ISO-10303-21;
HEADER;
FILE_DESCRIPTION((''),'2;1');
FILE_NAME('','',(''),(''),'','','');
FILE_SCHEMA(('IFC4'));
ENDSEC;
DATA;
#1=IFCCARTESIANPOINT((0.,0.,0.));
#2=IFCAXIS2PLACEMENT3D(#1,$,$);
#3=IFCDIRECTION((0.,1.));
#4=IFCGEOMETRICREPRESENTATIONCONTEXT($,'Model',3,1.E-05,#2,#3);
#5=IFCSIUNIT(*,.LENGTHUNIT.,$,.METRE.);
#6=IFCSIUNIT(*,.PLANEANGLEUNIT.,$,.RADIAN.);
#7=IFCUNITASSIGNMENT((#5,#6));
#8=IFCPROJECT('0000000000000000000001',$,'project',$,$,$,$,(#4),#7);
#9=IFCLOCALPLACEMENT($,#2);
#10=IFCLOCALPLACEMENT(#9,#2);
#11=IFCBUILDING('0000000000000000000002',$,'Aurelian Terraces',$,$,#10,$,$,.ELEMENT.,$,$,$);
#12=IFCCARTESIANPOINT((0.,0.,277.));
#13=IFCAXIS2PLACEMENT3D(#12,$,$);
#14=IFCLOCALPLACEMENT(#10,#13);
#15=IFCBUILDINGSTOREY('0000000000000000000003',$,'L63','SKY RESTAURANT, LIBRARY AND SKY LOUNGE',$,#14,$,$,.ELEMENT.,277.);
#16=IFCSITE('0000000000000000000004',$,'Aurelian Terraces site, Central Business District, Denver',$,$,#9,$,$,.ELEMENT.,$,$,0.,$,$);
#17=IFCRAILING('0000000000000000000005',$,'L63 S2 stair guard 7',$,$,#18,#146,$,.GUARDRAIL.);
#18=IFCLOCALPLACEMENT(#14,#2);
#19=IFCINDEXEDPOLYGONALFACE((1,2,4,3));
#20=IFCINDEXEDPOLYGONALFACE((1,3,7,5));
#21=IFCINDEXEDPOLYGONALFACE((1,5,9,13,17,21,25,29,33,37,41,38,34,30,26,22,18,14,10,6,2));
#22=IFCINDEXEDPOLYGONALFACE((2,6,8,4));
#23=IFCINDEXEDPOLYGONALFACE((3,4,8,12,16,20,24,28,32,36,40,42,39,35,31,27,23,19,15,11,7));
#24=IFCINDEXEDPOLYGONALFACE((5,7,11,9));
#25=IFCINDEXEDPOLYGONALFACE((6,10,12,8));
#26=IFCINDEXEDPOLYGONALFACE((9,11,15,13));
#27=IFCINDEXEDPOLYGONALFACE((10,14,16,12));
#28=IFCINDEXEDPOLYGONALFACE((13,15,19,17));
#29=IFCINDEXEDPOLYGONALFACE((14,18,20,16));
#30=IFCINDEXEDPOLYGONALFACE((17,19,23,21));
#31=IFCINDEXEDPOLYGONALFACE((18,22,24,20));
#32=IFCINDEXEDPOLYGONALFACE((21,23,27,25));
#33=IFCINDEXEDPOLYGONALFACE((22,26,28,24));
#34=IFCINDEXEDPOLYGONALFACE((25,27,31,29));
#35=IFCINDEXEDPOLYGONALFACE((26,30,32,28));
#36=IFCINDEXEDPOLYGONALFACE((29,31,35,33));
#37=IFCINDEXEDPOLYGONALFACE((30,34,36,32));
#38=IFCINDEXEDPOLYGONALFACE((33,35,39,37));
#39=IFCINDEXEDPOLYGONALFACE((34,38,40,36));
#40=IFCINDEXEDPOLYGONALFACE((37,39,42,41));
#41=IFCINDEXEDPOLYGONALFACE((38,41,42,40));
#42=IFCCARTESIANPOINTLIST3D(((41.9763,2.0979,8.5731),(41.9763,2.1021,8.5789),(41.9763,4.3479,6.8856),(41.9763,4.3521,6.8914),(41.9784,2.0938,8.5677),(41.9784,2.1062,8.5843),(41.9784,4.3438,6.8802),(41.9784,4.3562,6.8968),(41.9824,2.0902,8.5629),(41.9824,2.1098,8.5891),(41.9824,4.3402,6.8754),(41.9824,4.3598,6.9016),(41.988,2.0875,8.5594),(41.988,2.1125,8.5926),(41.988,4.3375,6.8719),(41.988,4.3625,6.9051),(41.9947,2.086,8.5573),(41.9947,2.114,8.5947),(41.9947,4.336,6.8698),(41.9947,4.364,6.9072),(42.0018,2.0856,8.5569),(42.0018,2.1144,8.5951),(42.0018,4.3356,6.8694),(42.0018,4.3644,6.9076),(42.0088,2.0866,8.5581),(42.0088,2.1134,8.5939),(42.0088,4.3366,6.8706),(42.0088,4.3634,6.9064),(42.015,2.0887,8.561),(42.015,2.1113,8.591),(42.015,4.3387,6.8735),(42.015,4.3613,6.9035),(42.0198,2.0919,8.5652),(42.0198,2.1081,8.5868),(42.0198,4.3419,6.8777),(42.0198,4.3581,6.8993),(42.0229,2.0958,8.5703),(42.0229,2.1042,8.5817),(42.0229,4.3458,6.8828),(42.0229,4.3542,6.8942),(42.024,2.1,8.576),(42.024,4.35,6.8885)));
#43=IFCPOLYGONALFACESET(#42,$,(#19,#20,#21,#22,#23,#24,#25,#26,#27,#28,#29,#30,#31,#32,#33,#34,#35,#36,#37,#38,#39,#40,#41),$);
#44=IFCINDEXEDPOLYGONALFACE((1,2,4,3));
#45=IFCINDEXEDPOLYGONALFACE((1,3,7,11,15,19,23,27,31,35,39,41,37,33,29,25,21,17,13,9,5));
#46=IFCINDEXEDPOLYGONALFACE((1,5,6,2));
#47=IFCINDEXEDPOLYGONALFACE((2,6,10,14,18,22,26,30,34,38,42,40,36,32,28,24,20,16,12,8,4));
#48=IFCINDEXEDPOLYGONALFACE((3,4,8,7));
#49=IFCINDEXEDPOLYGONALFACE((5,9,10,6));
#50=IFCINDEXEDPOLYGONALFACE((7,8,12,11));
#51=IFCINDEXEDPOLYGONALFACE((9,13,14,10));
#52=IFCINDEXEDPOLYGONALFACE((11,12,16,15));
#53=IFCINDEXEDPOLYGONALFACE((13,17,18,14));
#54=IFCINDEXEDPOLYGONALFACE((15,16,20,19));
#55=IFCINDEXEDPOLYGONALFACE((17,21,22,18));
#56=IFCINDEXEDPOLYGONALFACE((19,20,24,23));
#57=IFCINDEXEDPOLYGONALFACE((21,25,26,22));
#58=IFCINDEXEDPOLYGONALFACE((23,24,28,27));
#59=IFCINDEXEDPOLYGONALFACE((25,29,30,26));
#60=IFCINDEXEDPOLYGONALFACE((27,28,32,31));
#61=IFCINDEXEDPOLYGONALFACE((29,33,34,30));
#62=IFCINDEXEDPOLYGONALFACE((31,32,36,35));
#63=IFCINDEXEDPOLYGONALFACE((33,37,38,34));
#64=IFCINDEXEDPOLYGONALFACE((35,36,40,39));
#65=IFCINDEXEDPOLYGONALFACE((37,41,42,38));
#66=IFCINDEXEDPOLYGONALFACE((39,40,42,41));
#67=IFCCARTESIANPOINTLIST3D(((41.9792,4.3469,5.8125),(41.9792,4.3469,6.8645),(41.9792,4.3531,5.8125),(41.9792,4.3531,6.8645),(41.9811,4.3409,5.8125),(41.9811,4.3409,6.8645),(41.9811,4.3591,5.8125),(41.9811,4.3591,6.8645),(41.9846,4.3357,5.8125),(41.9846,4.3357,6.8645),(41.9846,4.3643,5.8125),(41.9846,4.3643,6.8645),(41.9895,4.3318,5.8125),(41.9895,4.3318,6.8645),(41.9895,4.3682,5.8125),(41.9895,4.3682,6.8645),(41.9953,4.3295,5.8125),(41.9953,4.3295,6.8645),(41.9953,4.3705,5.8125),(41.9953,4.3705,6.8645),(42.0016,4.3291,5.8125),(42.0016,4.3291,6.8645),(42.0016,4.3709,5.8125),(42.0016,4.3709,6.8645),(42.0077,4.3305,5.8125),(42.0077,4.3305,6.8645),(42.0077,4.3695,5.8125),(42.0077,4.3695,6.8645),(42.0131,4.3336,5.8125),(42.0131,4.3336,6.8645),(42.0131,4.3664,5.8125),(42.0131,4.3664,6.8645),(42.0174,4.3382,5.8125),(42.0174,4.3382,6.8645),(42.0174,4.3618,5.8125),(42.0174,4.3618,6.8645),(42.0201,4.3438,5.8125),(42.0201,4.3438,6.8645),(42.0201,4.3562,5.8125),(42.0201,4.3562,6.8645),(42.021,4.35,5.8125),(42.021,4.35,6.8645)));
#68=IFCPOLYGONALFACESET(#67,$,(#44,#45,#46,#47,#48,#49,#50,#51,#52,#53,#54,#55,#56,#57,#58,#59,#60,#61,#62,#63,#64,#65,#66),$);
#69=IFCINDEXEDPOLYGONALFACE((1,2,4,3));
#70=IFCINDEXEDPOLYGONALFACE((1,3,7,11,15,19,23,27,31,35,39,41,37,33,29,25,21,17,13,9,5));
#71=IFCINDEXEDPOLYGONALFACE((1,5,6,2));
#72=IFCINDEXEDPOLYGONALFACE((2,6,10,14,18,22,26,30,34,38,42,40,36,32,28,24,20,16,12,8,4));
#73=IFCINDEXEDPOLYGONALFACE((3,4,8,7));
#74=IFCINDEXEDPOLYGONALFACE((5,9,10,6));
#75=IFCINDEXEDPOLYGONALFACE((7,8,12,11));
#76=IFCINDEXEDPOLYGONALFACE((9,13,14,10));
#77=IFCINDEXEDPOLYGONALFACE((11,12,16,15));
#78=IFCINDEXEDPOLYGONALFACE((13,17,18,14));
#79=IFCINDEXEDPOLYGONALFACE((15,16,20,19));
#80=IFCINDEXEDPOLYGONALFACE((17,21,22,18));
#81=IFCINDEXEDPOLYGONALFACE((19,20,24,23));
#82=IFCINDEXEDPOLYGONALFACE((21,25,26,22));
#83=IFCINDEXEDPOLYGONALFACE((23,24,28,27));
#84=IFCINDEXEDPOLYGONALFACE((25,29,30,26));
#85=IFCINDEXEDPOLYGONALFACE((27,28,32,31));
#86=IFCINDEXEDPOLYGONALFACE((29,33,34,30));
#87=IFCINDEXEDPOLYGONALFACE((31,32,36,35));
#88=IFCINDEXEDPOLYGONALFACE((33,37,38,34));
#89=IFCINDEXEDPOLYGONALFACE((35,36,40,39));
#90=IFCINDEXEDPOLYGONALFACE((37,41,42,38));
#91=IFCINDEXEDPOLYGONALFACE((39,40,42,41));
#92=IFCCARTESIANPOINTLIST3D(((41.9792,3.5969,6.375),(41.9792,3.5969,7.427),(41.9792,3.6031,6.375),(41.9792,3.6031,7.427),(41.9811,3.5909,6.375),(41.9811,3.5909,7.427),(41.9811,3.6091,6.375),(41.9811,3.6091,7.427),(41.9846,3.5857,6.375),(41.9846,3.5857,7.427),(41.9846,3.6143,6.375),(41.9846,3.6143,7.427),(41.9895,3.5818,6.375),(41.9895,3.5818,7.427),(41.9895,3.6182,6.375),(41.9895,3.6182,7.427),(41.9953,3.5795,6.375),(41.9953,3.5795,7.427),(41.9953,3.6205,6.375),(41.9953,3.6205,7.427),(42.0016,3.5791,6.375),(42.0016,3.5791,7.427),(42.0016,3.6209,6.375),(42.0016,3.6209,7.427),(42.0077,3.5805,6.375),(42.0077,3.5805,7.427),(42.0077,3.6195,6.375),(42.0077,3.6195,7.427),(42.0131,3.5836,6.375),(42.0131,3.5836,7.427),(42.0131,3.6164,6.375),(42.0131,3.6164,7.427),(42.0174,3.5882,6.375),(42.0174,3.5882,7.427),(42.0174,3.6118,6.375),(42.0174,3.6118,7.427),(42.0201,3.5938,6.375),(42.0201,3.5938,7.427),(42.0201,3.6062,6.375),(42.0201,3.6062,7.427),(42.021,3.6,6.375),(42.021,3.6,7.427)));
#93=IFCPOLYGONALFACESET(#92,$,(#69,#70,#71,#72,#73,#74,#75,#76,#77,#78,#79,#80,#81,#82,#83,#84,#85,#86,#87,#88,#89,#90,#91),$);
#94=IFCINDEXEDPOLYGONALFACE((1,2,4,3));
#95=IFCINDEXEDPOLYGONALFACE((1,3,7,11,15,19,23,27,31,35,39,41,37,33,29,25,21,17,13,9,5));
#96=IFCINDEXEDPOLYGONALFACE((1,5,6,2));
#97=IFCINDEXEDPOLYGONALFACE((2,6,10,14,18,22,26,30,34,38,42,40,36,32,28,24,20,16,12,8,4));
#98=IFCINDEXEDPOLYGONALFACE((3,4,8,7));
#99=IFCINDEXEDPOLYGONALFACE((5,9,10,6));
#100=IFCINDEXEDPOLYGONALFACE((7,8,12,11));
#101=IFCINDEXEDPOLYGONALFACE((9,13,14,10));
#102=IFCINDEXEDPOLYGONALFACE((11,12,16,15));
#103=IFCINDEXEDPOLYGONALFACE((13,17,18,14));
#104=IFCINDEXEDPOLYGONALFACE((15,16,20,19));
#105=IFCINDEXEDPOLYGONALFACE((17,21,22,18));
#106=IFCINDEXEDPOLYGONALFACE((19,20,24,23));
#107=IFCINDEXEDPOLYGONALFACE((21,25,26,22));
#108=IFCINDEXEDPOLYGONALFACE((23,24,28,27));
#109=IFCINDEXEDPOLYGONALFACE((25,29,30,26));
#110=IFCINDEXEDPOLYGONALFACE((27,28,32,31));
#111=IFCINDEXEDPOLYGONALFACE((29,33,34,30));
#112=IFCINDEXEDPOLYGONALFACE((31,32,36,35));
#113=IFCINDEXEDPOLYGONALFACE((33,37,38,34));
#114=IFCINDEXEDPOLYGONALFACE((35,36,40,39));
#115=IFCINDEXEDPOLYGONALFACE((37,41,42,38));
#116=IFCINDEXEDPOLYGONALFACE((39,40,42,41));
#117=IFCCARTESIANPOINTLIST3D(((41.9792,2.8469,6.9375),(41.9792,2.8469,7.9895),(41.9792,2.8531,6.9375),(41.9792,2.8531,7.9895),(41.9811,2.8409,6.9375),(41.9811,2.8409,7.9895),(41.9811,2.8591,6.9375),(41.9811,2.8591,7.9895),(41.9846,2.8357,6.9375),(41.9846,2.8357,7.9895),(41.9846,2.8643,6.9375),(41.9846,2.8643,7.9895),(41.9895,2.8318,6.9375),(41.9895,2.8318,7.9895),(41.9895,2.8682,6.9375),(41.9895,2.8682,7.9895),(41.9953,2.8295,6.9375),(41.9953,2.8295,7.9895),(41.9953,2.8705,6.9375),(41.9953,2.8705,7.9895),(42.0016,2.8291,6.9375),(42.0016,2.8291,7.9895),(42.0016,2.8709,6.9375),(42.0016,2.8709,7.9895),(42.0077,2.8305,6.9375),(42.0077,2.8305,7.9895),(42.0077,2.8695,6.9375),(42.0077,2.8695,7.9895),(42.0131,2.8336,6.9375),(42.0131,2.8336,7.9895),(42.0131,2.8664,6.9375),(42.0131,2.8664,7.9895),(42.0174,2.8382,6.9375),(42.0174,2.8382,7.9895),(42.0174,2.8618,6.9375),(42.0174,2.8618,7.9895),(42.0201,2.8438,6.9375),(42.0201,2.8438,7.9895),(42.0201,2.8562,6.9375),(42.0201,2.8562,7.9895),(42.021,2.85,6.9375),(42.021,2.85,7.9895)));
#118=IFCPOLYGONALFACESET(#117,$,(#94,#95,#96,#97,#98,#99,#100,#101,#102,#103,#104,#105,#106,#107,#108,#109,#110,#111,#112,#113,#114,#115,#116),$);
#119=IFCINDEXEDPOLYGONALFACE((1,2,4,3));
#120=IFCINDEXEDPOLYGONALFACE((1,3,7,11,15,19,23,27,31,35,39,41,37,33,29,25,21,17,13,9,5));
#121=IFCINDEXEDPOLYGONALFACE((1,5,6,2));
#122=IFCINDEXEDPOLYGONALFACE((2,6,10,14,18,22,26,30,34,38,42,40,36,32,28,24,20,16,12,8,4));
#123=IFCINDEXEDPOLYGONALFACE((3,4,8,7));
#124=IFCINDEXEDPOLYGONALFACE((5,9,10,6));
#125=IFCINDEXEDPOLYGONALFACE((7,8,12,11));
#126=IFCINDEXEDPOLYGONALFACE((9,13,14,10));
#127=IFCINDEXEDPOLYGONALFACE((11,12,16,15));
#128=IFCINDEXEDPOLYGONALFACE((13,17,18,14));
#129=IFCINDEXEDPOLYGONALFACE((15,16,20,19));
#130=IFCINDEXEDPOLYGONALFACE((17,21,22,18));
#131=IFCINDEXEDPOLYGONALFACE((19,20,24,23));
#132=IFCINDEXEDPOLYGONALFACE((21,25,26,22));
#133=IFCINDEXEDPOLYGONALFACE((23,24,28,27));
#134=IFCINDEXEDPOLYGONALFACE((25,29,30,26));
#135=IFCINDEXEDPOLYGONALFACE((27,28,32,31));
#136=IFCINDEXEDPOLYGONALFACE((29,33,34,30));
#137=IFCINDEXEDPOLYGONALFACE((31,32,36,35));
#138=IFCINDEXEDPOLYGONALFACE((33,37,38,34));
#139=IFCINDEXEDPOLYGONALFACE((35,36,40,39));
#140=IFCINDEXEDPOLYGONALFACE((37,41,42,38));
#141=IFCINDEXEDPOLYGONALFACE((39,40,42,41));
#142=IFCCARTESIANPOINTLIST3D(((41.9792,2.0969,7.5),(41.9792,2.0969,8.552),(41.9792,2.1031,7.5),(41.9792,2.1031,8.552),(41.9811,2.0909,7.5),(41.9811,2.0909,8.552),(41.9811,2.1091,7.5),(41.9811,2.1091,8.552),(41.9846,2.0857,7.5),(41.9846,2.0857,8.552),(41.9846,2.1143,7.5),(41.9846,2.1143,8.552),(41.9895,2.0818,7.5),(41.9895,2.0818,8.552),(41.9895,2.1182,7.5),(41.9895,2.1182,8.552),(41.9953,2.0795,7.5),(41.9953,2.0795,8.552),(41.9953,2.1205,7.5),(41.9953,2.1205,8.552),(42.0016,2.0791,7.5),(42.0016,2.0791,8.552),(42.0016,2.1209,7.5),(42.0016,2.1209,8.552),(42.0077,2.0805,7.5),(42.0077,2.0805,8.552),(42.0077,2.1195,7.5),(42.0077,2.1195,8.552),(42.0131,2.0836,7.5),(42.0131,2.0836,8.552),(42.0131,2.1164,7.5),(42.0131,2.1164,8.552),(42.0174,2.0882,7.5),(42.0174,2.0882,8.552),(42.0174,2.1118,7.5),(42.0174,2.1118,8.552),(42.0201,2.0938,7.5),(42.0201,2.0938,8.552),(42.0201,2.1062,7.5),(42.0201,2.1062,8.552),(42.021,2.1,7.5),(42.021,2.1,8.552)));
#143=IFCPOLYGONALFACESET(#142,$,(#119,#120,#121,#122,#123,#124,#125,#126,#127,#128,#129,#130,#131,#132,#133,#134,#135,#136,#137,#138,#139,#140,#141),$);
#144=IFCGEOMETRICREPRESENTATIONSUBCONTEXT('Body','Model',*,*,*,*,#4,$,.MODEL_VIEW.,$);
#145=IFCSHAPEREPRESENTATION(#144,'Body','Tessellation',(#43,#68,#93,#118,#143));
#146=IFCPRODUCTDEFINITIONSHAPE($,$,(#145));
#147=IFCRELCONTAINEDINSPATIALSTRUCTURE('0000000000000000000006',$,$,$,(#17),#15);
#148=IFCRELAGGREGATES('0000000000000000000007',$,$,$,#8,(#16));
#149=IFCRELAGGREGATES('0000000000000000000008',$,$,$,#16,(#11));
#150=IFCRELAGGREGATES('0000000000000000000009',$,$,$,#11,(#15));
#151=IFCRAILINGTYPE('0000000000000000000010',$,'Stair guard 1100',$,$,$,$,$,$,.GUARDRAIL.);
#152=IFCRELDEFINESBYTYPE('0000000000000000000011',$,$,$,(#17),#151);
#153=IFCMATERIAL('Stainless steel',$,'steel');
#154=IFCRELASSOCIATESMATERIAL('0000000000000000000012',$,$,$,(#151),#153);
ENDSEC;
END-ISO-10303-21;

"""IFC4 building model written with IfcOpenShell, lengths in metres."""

from ifc_helpers import new_model, si_unit, direction, frame, origin, origin_2d, place, context, subcontext, project, spatial, circle, extrude, source, transform, mapped, material, type_object, element, save


model = new_model("IFC4")

# Units and contexts
model_context = context("Model", 3, precision=1e-05, world=origin(), true_north=direction((0.0, 1.0)))
body_context = subcontext(model_context, "Body", "Model", "MODEL_VIEW")
ifc_project = project(units=[si_unit("LENGTHUNIT", "METRE"), si_unit("PLANEANGLEUNIT", "RADIAN")], contexts=[model_context])

# Site, building, storey
site_placement = place(None, origin())
site = spatial("IfcSite", under=ifc_project, at=site_placement, Name="Aurelian Terraces site, Central Business District, Denver", CompositionType="ELEMENT", RefElevation=0.0)
building_placement = place(site_placement, origin())
building = spatial("IfcBuilding", under=site, at=building_placement, Name="Aurelian Terraces", CompositionType="ELEMENT")
storey_placement = place(building_placement, frame((0.0, 0.0, 277.0)))
storey = spatial("IfcBuildingStorey", under=building, at=storey_placement, Name="L63", Description="SKY RESTAURANT, LIBRARY AND SKY LOUNGE", CompositionType="ELEMENT", Elevation=277.0)

# Railing
ifc_material_1 = material(Name="Stainless steel", Category="steel")
railing_type_1 = type_object("IfcRailingType", Name="Stair guard 1100", PredefinedType="GUARDRAIL", material=ifc_material_1)
shared_shape_1 = source(origin(), body_context, "Body", "SweptSolid", [
    extrude(circle(Radius=0.024, at=origin_2d()), frame((0.0, 0.0, 1.076), z_axis=(0.0, -0.8, 0.6), x_axis=(1.0, 0.0, 0.0)), (0.0, 0.0, 1.0), 2.8125),
    extrude(circle(Radius=0.021, at=origin_2d()), origin(), (0.0, 0.0, 1.0), 1.052),
    extrude(circle(Radius=0.021, at=origin_2d()), frame((0.0, -0.75, 0.5625)), (0.0, 0.0, 1.0), 1.052),
    extrude(circle(Radius=0.021, at=origin_2d()), frame((0.0, -1.5, 1.125)), (0.0, 0.0, 1.0), 1.052),
    extrude(circle(Radius=0.021, at=origin_2d()), frame((0.0, -2.25, 1.6875)), (0.0, 0.0, 1.0), 1.052),
])
for number, where, name in (
    (1, (42.0, 4.35, 5.8125), "L63 S2 stair guard 7"),
):
    element("IfcRailing", number, at=place(storey_placement, frame(where)), inside=storey, type_object=railing_type_1, Name=name, PredefinedType="GUARDRAIL", context=body_context, shape_type="MappedRepresentation", body=[
        mapped(shared_shape_1, transform((0.0, 0.0, 0.0), scale=1.0)),
    ])

save(model, "model.ifc")
